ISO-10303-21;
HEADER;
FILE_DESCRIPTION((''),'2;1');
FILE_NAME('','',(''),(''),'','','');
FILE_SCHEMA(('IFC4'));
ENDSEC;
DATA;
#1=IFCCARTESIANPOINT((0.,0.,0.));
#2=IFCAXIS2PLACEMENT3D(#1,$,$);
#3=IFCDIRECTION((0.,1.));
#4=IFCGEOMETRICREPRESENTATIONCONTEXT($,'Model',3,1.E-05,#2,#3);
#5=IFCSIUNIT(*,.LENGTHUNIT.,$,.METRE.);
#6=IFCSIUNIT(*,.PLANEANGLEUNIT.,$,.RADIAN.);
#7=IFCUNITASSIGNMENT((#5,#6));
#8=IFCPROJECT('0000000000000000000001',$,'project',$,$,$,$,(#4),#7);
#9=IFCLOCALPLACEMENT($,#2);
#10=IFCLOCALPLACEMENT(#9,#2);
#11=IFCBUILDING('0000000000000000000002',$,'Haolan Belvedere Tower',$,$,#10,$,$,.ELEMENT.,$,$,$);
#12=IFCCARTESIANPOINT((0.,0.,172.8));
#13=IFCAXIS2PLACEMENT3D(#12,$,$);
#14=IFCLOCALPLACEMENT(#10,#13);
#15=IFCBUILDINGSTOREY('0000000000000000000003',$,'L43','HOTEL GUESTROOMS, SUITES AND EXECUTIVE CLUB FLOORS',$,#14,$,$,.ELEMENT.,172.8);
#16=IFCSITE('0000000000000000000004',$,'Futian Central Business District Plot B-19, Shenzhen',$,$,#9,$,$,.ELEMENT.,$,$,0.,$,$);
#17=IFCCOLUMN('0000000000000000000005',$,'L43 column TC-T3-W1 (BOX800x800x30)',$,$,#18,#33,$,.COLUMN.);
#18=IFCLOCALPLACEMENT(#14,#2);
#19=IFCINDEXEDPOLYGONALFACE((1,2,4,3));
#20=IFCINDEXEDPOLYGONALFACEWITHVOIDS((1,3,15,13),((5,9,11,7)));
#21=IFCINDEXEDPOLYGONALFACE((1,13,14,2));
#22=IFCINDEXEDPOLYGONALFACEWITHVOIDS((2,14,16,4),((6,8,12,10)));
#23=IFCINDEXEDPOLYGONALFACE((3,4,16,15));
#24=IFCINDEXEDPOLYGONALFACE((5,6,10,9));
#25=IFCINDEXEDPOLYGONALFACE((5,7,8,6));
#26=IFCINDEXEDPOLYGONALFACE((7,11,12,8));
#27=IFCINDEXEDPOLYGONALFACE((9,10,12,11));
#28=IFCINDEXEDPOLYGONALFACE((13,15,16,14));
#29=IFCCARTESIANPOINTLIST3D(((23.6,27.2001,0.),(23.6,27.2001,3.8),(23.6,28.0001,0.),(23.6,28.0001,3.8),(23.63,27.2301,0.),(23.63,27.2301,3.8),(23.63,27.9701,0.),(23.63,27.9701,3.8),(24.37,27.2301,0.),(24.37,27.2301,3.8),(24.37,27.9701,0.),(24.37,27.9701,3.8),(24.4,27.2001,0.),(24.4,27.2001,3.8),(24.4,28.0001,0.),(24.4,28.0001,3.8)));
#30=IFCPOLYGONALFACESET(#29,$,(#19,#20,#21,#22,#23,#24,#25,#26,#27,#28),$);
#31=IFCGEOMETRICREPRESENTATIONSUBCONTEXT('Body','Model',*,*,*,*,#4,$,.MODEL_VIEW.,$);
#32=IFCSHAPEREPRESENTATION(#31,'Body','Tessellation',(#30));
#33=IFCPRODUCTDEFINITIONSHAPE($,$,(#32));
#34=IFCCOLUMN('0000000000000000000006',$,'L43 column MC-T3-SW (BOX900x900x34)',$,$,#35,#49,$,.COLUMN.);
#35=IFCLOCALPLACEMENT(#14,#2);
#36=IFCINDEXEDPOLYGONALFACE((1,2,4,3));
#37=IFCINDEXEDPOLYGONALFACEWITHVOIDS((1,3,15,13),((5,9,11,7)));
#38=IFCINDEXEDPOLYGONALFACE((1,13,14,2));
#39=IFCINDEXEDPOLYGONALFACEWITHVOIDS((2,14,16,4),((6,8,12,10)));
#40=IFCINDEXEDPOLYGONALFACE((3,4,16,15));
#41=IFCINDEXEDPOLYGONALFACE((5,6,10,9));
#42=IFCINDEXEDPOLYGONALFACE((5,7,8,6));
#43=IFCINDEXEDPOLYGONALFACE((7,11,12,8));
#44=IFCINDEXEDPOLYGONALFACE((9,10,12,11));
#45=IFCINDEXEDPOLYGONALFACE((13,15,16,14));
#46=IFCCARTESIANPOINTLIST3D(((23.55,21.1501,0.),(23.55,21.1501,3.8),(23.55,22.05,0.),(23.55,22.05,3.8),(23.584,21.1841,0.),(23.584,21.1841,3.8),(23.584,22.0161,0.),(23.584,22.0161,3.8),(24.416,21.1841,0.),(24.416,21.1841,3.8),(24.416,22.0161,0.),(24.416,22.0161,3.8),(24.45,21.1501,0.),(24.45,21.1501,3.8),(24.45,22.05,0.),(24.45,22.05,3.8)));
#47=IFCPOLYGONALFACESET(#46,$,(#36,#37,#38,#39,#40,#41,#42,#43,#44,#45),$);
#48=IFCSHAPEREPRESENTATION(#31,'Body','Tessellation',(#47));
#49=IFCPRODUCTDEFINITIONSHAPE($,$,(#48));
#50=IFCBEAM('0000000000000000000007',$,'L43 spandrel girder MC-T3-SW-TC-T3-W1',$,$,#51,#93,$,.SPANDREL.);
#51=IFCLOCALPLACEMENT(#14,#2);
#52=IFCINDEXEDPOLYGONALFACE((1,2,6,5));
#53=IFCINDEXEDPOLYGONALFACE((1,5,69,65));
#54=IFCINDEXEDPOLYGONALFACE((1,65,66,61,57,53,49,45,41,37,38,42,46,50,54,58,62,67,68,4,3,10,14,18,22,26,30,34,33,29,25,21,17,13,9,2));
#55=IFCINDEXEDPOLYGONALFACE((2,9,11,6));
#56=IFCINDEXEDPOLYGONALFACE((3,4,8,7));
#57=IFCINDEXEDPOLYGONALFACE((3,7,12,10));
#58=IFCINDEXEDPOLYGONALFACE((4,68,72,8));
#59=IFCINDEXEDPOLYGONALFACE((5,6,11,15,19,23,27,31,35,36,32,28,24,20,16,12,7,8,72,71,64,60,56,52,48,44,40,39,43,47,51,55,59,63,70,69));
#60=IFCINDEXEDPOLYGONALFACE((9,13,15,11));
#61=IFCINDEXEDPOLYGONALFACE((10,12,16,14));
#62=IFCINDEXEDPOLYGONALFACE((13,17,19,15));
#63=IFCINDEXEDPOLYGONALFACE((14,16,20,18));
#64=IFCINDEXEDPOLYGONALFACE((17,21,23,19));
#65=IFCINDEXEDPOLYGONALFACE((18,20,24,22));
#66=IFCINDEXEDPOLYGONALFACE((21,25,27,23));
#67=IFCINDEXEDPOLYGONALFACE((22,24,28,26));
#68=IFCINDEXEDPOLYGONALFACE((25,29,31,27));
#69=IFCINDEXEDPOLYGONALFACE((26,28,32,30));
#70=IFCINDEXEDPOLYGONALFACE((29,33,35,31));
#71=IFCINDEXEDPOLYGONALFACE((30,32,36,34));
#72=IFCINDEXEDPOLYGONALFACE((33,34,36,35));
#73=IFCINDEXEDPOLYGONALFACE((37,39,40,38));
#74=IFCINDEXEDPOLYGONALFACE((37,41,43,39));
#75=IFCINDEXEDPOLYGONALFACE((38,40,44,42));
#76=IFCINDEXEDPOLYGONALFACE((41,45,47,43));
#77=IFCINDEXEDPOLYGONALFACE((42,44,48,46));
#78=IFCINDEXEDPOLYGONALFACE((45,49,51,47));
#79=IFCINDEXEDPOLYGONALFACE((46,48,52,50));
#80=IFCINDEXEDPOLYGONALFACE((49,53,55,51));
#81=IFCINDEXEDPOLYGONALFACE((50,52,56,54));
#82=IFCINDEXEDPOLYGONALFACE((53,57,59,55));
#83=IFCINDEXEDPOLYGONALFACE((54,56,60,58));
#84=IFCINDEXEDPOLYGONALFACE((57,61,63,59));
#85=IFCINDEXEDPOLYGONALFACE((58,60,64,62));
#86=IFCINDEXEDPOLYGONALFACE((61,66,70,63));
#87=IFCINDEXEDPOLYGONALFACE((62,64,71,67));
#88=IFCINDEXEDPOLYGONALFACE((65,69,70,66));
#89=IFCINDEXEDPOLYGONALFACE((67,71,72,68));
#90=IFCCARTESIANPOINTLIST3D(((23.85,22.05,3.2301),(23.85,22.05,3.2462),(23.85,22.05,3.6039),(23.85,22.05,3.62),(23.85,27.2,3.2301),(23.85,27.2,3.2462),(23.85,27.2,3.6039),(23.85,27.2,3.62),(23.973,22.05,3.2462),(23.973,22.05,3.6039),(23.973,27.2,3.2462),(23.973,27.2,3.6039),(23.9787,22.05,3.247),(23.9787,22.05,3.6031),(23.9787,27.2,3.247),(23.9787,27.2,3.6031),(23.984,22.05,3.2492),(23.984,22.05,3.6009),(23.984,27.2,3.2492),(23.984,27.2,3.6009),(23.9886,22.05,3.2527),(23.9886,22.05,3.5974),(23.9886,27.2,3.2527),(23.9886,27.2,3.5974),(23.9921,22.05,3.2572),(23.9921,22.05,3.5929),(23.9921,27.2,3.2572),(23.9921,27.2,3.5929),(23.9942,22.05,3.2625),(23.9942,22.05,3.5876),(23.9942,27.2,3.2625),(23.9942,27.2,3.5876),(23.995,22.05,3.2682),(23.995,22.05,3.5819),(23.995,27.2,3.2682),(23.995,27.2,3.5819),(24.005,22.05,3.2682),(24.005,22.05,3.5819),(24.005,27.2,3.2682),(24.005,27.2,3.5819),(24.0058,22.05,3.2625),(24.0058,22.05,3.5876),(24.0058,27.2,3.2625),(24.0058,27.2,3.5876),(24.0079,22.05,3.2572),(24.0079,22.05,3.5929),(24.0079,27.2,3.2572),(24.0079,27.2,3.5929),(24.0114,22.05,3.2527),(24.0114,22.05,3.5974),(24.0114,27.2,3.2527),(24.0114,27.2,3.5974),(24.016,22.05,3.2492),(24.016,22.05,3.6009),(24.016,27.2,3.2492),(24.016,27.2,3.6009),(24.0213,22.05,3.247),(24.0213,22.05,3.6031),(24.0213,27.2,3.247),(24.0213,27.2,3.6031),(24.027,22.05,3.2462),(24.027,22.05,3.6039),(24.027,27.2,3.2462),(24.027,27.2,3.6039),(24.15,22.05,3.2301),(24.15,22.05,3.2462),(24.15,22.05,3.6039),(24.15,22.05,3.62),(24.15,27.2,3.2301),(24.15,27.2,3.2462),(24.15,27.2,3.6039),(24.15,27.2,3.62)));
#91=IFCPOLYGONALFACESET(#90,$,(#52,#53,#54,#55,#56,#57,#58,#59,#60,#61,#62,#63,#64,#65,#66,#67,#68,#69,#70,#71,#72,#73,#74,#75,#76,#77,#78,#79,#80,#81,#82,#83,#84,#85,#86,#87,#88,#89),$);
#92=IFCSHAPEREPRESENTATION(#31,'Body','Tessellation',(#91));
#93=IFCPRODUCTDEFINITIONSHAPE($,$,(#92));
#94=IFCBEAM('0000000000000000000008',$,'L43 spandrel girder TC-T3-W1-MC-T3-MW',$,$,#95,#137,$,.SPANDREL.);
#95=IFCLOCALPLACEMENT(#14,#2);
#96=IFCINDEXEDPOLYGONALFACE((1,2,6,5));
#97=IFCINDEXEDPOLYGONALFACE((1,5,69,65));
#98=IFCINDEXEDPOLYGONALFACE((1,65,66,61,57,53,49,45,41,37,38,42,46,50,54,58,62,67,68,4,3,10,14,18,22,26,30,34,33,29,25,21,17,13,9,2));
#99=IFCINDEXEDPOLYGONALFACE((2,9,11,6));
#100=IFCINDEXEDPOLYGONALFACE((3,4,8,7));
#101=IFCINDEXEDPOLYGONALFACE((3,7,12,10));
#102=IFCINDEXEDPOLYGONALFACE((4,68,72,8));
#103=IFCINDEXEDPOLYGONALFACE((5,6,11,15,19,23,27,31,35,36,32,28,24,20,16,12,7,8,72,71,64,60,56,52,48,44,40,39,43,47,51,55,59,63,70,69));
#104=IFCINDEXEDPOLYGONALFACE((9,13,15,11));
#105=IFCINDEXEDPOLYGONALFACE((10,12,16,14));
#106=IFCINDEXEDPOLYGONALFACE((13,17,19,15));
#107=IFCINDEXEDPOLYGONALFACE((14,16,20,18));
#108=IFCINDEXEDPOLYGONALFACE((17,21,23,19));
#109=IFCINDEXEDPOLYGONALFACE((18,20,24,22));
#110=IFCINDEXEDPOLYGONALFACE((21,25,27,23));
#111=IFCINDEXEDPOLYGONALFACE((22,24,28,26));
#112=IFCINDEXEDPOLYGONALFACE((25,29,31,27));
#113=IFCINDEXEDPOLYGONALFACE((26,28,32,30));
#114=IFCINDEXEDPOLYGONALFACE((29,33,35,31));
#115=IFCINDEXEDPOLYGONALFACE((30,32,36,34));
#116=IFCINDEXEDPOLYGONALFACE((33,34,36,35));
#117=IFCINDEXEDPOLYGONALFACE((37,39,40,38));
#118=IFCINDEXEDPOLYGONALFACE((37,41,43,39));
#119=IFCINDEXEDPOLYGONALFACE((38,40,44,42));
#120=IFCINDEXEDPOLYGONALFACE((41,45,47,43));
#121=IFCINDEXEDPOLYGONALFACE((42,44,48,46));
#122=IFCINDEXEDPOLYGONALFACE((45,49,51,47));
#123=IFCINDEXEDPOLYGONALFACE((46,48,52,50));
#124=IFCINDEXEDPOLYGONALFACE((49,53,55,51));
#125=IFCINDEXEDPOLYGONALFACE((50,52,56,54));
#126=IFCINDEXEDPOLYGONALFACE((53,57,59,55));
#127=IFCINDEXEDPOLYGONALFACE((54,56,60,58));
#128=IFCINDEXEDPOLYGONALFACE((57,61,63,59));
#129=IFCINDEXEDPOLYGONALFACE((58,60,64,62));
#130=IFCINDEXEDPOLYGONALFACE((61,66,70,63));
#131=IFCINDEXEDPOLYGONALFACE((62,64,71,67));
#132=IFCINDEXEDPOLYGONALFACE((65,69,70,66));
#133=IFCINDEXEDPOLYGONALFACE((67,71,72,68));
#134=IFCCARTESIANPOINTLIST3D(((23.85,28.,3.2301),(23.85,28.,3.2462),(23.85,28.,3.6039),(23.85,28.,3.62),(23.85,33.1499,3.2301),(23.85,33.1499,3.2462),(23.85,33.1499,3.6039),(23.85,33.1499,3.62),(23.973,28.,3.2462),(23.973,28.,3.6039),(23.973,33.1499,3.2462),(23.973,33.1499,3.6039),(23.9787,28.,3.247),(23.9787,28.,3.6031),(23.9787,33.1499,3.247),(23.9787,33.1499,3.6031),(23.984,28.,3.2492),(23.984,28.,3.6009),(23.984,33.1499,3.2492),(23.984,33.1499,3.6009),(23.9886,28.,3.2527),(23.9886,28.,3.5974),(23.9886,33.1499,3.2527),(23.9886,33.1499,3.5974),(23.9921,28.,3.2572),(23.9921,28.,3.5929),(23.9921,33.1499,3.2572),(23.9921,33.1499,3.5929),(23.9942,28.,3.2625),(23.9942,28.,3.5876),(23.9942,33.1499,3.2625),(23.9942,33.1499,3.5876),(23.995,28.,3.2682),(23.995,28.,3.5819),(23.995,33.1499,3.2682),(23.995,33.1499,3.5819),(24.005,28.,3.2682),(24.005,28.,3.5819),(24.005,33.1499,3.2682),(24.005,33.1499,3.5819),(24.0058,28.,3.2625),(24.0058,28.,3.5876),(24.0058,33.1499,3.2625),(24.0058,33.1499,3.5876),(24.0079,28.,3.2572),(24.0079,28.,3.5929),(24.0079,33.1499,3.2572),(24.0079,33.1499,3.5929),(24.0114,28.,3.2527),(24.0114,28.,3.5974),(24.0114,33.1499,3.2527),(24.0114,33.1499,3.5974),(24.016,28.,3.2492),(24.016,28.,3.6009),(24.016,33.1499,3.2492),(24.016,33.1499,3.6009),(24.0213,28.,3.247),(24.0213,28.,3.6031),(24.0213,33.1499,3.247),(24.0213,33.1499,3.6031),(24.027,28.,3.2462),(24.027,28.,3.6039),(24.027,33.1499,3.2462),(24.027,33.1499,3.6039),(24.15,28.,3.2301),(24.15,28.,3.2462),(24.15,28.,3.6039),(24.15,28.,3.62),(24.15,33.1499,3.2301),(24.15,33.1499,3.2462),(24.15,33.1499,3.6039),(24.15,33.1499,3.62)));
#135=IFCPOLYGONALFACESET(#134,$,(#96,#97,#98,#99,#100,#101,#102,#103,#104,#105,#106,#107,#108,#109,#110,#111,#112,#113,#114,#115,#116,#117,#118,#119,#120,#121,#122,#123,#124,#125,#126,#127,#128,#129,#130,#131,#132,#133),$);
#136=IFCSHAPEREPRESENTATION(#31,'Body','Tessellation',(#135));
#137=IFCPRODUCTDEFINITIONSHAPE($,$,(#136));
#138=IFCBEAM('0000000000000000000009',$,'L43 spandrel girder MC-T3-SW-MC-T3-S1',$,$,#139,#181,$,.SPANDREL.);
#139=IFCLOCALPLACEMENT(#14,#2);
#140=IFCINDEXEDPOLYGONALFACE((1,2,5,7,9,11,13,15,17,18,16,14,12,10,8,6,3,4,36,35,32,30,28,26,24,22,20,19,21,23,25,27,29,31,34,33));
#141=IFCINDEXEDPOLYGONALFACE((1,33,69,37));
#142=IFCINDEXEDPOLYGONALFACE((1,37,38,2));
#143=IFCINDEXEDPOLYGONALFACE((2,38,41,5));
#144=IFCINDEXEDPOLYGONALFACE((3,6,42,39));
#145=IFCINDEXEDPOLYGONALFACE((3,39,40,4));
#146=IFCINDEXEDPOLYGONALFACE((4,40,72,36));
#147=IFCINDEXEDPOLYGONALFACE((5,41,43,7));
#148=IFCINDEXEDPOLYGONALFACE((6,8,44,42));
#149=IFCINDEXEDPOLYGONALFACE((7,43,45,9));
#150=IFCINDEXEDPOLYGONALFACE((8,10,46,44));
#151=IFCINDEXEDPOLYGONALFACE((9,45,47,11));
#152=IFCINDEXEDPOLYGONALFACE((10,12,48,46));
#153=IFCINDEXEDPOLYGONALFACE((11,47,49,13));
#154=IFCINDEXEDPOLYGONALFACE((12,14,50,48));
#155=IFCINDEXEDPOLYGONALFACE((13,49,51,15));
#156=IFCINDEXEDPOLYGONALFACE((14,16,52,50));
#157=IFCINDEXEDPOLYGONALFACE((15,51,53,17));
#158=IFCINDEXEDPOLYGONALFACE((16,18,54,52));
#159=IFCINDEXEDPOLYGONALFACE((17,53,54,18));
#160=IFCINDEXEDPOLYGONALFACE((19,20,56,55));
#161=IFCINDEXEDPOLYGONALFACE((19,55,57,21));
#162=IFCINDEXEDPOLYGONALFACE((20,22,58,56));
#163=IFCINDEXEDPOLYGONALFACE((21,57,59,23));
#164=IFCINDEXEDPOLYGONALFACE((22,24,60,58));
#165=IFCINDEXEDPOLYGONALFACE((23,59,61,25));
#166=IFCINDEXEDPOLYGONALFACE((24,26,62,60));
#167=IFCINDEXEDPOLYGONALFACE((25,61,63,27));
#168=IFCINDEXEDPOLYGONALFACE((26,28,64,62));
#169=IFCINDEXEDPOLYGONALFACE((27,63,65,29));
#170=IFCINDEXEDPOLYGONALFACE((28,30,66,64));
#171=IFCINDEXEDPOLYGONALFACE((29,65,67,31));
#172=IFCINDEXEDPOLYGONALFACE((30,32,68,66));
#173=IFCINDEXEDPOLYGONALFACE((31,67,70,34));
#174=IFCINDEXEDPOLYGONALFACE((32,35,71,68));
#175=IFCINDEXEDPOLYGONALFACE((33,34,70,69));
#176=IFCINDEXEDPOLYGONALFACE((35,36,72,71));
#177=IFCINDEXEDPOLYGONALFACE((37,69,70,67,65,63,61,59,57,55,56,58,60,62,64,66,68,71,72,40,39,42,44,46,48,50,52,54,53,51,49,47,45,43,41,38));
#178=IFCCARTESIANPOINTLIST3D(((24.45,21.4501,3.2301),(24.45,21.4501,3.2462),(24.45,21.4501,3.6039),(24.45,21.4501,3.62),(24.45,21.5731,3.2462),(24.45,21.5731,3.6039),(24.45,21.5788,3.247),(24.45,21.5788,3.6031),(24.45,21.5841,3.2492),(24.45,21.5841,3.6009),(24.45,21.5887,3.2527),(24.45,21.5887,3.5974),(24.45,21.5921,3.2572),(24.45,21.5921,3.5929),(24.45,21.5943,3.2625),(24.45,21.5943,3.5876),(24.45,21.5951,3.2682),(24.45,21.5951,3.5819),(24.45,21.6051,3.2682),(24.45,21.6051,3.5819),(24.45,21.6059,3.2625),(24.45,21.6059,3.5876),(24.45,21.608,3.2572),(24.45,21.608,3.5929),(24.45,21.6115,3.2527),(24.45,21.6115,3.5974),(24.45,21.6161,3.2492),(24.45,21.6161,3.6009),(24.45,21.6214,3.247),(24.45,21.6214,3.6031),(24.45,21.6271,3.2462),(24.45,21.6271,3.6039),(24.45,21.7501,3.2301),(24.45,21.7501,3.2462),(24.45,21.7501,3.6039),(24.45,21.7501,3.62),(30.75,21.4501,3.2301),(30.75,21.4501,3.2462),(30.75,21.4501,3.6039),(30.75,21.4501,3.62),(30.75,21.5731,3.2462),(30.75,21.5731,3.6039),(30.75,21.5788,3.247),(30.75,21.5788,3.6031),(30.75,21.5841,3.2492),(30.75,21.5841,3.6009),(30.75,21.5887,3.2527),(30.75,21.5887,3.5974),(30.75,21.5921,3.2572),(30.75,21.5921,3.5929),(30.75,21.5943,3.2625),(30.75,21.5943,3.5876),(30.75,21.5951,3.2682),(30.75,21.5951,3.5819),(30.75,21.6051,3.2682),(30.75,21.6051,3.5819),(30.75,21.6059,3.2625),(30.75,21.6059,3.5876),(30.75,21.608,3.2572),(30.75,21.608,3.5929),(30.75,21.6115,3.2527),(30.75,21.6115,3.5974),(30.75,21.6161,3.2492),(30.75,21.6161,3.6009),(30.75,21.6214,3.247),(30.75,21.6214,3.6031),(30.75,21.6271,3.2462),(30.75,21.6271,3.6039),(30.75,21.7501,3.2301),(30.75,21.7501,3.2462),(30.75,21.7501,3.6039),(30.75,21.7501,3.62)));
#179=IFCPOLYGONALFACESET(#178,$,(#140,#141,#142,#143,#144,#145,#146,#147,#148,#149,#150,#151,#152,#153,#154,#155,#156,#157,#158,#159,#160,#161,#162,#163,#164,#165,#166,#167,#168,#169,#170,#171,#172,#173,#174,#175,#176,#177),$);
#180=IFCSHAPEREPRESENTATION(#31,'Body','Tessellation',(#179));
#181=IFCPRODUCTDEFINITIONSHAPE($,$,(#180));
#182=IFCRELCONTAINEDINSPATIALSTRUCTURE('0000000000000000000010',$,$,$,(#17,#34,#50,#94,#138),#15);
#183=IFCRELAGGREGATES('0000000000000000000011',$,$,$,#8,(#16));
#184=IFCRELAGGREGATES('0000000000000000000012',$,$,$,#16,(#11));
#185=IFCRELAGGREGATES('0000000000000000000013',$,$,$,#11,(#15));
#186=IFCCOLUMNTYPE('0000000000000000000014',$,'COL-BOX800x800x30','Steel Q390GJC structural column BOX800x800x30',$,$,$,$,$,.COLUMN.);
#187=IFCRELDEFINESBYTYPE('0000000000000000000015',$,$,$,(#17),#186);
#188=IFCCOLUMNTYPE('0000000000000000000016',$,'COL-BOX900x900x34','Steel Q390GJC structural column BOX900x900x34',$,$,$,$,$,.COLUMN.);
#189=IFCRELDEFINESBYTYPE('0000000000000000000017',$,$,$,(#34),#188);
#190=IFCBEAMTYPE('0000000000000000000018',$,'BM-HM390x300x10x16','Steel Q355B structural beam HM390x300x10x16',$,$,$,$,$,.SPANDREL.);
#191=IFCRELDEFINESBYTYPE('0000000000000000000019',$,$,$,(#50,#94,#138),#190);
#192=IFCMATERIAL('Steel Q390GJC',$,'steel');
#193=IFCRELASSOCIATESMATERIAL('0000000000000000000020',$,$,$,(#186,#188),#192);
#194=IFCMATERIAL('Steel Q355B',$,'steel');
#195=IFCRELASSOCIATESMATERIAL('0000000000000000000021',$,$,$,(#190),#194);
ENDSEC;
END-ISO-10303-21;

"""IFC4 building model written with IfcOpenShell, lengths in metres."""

from ifc_helpers import new_model, si_unit, direction, frame, origin, origin_2d, place, context, subcontext, project, spatial, hollow_rectangle, i_section, extrude, material, material_profile, profile_set, type_object, element, save


model = new_model("IFC4")

# Units and contexts
model_context = context("Model", 3, precision=1e-05, world=origin(), true_north=direction((0.0, 1.0)))
body_context = subcontext(model_context, "Body", "Model", "MODEL_VIEW")
ifc_project = project(units=[si_unit("LENGTHUNIT", "METRE"), si_unit("PLANEANGLEUNIT", "RADIAN")], contexts=[model_context])

# Site, building, storey
site_placement = place(None, origin())
site = spatial("IfcSite", under=ifc_project, at=site_placement, Name="Futian Central Business District Plot B-19, Shenzhen", CompositionType="ELEMENT", RefElevation=0.0)
building_placement = place(site_placement, origin())
building = spatial("IfcBuilding", under=site, at=building_placement, Name="Haolan Belvedere Tower", CompositionType="ELEMENT")
storey_placement = place(building_placement, frame((0.0, 0.0, 172.8)))
storey = spatial("IfcBuildingStorey", under=building, at=storey_placement, Name="L43", Description="HOTEL GUESTROOMS, SUITES AND EXECUTIVE CLUB FLOORS", CompositionType="ELEMENT", Elevation=172.8)

# Columns
ifc_material_1 = material(Name="Steel Q390GJC", Category="steel")
ifc_material_profile_1 = material_profile(ifc_material_1, hollow_rectangle(XDim=0.8, YDim=0.8, WallThickness=0.03, at=origin_2d()), Name="Steel Q390GJC")
ifc_profile_set_1 = profile_set([ifc_material_profile_1], Name="Steel Q390GJC")
column_type_1 = type_object("IfcColumnType", Name="COL-BOX800x800x30", Description="Steel Q390GJC structural column BOX800x800x30", PredefinedType="COLUMN", material=ifc_profile_set_1)
column_1_placement = place(storey_placement, frame((24.0, 27.6001, 0.0), z_axis=(0.0, 0.0, 1.0), x_axis=(1.0, 0.0, 0.0)))
element("IfcColumn", 1, at=column_1_placement, inside=storey, type_object=column_type_1, Name="L43 column TC-T3-W1 (BOX800x800x30)", PredefinedType="COLUMN", context=body_context, shape_type="SweptSolid", body=[
    extrude(hollow_rectangle(XDim=0.8, YDim=0.8, WallThickness=0.03, at=origin_2d()), origin(), (0.0, 0.0, 1.0), 3.8),
])
ifc_material_profile_2 = material_profile(ifc_material_1, hollow_rectangle(XDim=0.8999, YDim=0.8999, WallThickness=0.0339, at=origin_2d()), Name="Steel Q390GJC")
ifc_profile_set_2 = profile_set([ifc_material_profile_2], Name="Steel Q390GJC")
column_type_2 = type_object("IfcColumnType", Name="COL-BOX900x900x34", Description="Steel Q390GJC structural column BOX900x900x34", PredefinedType="COLUMN", material=ifc_profile_set_2)
column_2_placement = place(storey_placement, frame((24.0, 21.6001, 0.0), z_axis=(0.0, 0.0, 1.0), x_axis=(1.0, 0.0, 0.0)))
element("IfcColumn", 2, at=column_2_placement, inside=storey, type_object=column_type_2, Name="L43 column MC-T3-SW (BOX900x900x34)", PredefinedType="COLUMN", context=body_context, shape_type="SweptSolid", body=[
    extrude(hollow_rectangle(XDim=0.8999, YDim=0.8999, WallThickness=0.0339, at=origin_2d()), origin(), (0.0, 0.0, 1.0), 3.8),
])

# Beams
ifc_material_2 = material(Name="Steel Q355B", Category="steel")
ifc_material_profile_3 = material_profile(ifc_material_2, i_section(OverallWidth=0.3, OverallDepth=0.3899, WebThickness=0.01, FlangeThickness=0.0161, FilletRadius=0.022, at=origin_2d()), Name="Steel Q355B")
ifc_profile_set_3 = profile_set([ifc_material_profile_3], Name="Steel Q355B")
beam_type_1 = type_object("IfcBeamType", Name="BM-HM390x300x10x16", Description="Steel Q355B structural beam HM390x300x10x16", PredefinedType="SPANDREL", material=ifc_profile_set_3)
for number, where, z_axis, x_axis, name in (
    (3, (24.0, 22.05, 3.425), (0.0, 1.0, 0.0), (-1.0, 0.0, 0.0), "L43 spandrel girder MC-T3-SW-TC-T3-W1"),
    (4, (24.0, 28.0, 3.425), (0.0, 1.0, 0.0), (-1.0, 0.0, 0.0), "L43 spandrel girder TC-T3-W1-MC-T3-MW"),
):
    element("IfcBeam", number, at=place(storey_placement, frame(where, z_axis=z_axis, x_axis=x_axis)), inside=storey, type_object=beam_type_1, Name=name, PredefinedType="SPANDREL", context=body_context, shape_type="SweptSolid", body=[
        extrude(i_section(OverallWidth=0.3, OverallDepth=0.3899, WebThickness=0.01, FlangeThickness=0.0161, FilletRadius=0.022, at=origin_2d()), origin(), (0.0, 0.0, 1.0), 5.1499),
    ])
beam_1_placement = place(storey_placement, frame((24.45, 21.6001, 3.425), z_axis=(1.0, 0.0, 0.0), x_axis=(0.0, 1.0, 0.0)))
element("IfcBeam", 5, at=beam_1_placement, inside=storey, type_object=beam_type_1, Name="L43 spandrel girder MC-T3-SW-MC-T3-S1", PredefinedType="SPANDREL", context=body_context, shape_type="SweptSolid", body=[
    extrude(i_section(OverallWidth=0.3, OverallDepth=0.3899, WebThickness=0.01, FlangeThickness=0.0161, FilletRadius=0.022, at=origin_2d()), origin(), (0.0, 0.0, 1.0), 6.3),
])

save(model, "model.ifc")
